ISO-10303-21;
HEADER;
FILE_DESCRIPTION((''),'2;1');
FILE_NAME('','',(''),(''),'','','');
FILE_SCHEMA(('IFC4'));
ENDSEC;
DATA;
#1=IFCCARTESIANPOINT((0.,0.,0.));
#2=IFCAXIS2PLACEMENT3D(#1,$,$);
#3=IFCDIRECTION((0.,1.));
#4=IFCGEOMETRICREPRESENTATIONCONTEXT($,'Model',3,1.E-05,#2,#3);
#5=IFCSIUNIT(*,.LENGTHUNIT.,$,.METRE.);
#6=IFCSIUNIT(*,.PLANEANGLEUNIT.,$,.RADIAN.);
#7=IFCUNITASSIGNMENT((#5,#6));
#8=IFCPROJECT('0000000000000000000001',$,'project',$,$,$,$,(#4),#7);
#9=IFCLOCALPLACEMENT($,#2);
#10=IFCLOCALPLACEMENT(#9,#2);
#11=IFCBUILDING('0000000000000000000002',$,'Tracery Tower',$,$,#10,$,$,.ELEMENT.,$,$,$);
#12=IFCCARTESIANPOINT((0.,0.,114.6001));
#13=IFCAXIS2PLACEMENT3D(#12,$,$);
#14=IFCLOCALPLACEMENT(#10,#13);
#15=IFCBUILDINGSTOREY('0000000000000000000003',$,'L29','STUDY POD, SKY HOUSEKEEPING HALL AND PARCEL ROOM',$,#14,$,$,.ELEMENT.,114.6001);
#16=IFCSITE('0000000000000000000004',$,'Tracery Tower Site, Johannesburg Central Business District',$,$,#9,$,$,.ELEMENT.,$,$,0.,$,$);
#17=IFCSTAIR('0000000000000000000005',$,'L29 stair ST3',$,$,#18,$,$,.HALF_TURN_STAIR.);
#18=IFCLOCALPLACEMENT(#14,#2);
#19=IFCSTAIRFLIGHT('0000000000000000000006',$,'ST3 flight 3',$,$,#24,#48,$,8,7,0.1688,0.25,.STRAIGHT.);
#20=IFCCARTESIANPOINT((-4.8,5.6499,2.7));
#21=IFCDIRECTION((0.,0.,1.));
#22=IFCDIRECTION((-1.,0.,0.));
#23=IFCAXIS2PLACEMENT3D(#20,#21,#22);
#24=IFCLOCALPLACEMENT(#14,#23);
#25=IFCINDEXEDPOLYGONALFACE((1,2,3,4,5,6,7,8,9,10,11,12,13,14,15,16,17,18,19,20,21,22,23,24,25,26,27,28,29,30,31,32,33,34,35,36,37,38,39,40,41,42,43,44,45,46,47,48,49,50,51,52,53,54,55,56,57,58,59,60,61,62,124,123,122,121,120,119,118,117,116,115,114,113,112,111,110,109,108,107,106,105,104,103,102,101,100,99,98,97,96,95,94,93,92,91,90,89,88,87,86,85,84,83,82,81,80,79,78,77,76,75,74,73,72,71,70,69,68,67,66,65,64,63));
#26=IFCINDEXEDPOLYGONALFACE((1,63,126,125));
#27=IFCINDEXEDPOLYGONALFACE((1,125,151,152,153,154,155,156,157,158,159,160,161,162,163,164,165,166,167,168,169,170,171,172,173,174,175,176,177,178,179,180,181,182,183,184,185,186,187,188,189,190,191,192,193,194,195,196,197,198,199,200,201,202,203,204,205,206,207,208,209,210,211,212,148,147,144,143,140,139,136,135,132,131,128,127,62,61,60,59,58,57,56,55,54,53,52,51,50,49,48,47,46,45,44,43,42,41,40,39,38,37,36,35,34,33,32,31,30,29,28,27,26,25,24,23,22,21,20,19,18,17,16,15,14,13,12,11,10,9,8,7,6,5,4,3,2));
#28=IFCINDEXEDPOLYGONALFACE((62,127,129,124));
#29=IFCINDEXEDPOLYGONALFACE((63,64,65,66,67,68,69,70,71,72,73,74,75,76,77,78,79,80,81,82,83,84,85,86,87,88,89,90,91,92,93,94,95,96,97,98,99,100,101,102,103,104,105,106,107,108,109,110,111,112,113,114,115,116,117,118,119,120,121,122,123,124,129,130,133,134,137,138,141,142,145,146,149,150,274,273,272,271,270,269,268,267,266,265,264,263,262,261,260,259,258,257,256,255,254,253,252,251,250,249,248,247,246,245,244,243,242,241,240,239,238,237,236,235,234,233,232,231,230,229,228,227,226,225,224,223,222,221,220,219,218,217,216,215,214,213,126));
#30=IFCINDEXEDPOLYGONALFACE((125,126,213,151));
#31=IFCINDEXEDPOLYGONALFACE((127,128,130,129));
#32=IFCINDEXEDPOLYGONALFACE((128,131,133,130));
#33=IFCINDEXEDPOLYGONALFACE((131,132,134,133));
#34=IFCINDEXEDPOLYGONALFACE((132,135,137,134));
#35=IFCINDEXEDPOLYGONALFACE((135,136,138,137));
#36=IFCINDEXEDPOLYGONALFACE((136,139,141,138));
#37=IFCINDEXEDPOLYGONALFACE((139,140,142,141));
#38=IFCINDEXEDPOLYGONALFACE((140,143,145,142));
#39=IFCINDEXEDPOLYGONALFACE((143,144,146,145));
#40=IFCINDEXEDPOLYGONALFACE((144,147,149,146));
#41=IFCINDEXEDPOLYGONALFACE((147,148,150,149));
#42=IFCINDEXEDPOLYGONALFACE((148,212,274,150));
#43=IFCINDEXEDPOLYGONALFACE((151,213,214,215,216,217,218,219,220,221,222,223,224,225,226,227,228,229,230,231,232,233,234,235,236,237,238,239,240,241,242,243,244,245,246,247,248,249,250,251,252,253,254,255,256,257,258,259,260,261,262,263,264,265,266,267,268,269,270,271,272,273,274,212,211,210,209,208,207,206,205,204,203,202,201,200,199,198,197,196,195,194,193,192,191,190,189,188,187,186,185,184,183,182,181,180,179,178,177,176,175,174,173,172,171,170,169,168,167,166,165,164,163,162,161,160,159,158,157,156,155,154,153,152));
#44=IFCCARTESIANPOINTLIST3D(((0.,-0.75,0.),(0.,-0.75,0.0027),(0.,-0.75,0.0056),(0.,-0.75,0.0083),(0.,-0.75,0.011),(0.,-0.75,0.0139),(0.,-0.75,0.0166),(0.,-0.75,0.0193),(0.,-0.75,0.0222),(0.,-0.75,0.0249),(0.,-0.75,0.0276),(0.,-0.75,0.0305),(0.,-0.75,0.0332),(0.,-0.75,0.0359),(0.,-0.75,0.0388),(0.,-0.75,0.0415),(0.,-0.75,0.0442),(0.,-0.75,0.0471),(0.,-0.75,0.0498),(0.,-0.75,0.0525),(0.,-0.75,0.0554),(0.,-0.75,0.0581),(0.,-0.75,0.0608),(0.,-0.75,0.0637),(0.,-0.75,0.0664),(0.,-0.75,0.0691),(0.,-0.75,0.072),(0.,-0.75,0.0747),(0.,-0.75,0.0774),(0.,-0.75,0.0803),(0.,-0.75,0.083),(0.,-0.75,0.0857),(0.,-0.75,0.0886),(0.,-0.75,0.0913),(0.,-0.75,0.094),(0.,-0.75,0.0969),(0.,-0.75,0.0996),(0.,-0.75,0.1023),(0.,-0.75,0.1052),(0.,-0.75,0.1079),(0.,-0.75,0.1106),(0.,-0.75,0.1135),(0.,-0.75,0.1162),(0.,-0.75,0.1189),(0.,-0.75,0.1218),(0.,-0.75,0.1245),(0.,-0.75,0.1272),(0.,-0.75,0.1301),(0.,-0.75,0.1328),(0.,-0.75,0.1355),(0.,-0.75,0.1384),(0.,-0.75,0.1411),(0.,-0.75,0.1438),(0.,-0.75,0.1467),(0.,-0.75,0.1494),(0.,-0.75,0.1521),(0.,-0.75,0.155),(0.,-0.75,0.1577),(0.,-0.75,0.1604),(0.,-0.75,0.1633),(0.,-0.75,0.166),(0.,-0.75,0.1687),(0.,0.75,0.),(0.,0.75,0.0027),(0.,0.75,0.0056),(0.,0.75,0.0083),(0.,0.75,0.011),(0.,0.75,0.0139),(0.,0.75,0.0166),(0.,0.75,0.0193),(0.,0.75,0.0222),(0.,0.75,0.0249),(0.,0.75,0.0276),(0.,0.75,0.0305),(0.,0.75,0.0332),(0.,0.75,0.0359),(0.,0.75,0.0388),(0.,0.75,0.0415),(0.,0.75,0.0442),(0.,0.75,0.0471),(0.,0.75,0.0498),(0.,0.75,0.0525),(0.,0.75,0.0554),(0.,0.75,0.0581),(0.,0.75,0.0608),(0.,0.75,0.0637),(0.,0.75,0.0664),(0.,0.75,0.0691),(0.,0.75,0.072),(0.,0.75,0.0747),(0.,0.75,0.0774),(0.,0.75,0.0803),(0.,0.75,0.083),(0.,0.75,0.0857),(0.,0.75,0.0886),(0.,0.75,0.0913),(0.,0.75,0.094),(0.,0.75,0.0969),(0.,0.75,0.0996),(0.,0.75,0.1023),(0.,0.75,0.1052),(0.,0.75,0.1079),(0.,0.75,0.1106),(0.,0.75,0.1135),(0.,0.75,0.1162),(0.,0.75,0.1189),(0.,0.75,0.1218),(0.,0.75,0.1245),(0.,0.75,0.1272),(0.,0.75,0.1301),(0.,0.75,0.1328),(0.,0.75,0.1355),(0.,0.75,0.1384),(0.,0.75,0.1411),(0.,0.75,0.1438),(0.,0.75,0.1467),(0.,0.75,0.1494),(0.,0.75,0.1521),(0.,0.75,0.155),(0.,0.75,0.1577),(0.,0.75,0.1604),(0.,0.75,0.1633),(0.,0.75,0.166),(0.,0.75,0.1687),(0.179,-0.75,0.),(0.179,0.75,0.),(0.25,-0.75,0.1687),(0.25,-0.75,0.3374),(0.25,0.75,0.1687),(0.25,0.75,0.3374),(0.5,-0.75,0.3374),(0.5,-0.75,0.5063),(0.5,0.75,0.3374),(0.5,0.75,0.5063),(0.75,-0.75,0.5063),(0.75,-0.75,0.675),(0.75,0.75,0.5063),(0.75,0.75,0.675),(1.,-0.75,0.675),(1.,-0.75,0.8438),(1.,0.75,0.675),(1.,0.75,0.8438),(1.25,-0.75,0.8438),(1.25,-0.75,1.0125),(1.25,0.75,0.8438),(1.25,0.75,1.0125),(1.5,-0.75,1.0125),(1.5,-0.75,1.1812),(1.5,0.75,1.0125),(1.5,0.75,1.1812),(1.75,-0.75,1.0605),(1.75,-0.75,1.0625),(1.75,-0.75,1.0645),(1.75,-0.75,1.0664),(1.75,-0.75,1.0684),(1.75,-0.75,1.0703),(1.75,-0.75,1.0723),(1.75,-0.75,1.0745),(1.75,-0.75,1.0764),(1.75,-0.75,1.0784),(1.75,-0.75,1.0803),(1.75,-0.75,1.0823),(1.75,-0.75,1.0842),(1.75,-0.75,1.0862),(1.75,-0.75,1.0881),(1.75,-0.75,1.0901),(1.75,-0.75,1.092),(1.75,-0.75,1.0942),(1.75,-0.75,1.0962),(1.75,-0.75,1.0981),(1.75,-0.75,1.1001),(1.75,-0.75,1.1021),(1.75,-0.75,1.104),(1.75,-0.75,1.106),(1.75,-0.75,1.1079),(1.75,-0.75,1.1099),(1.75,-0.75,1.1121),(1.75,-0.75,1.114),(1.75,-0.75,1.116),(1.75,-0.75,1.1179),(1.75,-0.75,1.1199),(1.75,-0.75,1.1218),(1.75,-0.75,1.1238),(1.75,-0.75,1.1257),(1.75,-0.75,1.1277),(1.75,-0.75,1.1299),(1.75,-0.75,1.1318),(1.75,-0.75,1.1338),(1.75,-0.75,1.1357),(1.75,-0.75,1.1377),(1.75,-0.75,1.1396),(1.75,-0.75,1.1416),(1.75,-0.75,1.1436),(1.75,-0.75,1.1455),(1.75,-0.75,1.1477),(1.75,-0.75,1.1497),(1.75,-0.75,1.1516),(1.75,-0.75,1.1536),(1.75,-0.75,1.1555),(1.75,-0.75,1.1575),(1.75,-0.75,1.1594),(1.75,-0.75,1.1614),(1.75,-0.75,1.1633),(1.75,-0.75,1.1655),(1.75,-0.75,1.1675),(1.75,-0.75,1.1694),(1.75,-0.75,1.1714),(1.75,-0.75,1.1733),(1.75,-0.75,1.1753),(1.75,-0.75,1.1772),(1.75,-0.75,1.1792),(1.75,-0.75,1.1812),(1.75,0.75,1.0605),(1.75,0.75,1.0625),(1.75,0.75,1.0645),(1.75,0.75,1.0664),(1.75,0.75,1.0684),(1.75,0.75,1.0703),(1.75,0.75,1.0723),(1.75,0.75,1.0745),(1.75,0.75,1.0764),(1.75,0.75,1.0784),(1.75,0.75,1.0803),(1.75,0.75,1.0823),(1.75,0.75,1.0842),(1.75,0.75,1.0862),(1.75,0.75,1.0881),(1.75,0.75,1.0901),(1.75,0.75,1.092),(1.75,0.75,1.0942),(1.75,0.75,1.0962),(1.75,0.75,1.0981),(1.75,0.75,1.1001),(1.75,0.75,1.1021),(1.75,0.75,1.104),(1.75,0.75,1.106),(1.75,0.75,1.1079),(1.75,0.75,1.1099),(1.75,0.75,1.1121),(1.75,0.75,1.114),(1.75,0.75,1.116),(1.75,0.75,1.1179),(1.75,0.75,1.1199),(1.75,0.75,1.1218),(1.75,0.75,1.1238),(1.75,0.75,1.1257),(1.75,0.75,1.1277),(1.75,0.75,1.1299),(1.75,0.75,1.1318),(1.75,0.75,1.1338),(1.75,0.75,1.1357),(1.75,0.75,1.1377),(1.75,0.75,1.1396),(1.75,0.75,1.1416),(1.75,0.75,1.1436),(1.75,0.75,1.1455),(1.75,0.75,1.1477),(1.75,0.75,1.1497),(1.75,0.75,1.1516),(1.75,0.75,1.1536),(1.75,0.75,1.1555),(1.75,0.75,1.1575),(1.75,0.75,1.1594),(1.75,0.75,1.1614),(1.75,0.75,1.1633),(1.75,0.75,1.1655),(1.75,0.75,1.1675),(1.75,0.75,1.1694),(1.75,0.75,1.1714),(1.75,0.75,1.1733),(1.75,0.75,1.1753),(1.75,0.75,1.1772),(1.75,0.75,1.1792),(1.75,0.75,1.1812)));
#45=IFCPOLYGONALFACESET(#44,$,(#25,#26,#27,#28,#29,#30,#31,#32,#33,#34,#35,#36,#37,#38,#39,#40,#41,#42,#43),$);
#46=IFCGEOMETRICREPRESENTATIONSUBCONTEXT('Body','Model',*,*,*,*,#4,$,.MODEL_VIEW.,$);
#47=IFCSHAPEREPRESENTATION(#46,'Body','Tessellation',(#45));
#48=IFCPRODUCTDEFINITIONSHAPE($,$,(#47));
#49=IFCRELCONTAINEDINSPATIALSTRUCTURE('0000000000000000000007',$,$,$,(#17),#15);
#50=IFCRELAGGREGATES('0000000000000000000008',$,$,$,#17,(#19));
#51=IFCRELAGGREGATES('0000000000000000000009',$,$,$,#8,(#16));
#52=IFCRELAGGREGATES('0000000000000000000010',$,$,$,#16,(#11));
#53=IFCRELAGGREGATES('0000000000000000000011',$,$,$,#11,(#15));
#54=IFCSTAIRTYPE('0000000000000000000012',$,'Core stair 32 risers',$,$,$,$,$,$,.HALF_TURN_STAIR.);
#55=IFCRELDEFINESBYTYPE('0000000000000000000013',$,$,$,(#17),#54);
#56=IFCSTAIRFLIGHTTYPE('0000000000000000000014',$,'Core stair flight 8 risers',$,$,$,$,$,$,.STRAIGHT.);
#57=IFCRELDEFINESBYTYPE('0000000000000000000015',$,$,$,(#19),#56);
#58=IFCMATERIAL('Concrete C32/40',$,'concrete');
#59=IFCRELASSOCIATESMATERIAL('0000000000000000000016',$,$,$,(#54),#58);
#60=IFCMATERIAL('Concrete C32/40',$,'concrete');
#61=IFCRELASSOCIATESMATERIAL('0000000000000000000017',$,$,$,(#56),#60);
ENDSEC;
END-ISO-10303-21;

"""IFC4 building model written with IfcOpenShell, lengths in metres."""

from ifc_helpers import new_model, si_unit, direction, frame, origin, place, context, subcontext, project, spatial, polyline, outline, extrude, material, type_object, element, aggregate, save


model = new_model("IFC4")

# Units and contexts
model_context = context("Model", 3, precision=1e-05, world=origin(), true_north=direction((0.0, 1.0)))
body_context = subcontext(model_context, "Body", "Model", "MODEL_VIEW")
ifc_project = project(units=[si_unit("LENGTHUNIT", "METRE"), si_unit("PLANEANGLEUNIT", "RADIAN")], contexts=[model_context])

# Site, building, storey
site_placement = place(None, origin())
site = spatial("IfcSite", under=ifc_project, at=site_placement, Name="Tracery Tower Site, Johannesburg Central Business District", CompositionType="ELEMENT", RefElevation=0.0)
building_placement = place(site_placement, origin())
building = spatial("IfcBuilding", under=site, at=building_placement, Name="Tracery Tower", CompositionType="ELEMENT")
storey_placement = place(building_placement, frame((0.0, 0.0, 114.6001)))
storey = spatial("IfcBuildingStorey", under=building, at=storey_placement, Name="L29", Description="STUDY POD, SKY HOUSEKEEPING HALL AND PARCEL ROOM", CompositionType="ELEMENT", Elevation=114.6001)

# Stair, stair flight
ifc_material_1 = material(Name="Concrete C32/40", Category="concrete")
stair_type = type_object("IfcStairType", Name="Core stair 32 risers", PredefinedType="HALF_TURN_STAIR", material=ifc_material_1)
stair_placement = place(storey_placement, origin())
stair = element("IfcStair", 1, at=stair_placement, inside=storey, type_object=stair_type, Name="L29 stair ST3", PredefinedType="HALF_TURN_STAIR")
ifc_material_2 = material(Name="Concrete C32/40", Category="concrete")
stair_flight_type = type_object("IfcStairFlightType", Name="Core stair flight 8 risers", PredefinedType="STRAIGHT", material=ifc_material_2)
stair_flight_1_placement = place(storey_placement, frame((-4.8, 5.6499, 2.7), z_axis=(0.0, 0.0, 1.0), x_axis=(-1.0, 0.0, 0.0)))
stair_flight_1 = element("IfcStairFlight", 2, at=stair_flight_1_placement, type_object=stair_flight_type, Name="ST3 flight 3", NumberOfRisers=8, NumberOfTreads=7, PredefinedType="STRAIGHT", RiserHeight=0.1688, TreadLength=0.25, context=body_context, shape_type="SweptSolid", body=[
    extrude(outline(polyline([(0.0, 0.0), (0.0, 0.0027), (0.0, 0.0056), (0.0, 0.0083), (0.0, 0.011), (0.0, 0.0139), (0.0, 0.0166), (0.0, 0.0193), (0.0, 0.0222), (0.0, 0.0249), (0.0, 0.0276), (0.0, 0.0305), (0.0, 0.0332), (0.0, 0.0359), (0.0, 0.0388), (0.0, 0.0415), (0.0, 0.0442), (0.0, 0.0471), (0.0, 0.0498), (0.0, 0.0525), (0.0, 0.0554), (0.0, 0.0581), (0.0, 0.0608), (0.0, 0.0637), (0.0, 0.0664), (0.0, 0.0691), (0.0, 0.072), (0.0, 0.0747), (0.0, 0.0774), (0.0, 0.0803), (0.0, 0.083), (0.0, 0.0857), (0.0, 0.0886), (0.0, 0.0913), (0.0, 0.094), (0.0, 0.0969), (0.0, 0.0996), (0.0, 0.1023), (0.0, 0.1052), (0.0, 0.1079), (0.0, 0.1106), (0.0, 0.1135), (0.0, 0.1162), (0.0, 0.1189), (0.0, 0.1218), (0.0, 0.1245), (0.0, 0.1272), (0.0, 0.1301), (0.0, 0.1328), (0.0, 0.1355), (0.0, 0.1384), (0.0, 0.1411), (0.0, 0.1438), (0.0, 0.1467), (0.0, 0.1494), (0.0, 0.1521), (0.0, 0.155), (0.0, 0.1577), (0.0, 0.1604), (0.0, 0.1633), (0.0, 0.166), (0.0, 0.1687), (0.25, 0.1687), (0.25, 0.3374), (0.5, 0.3374), (0.5, 0.5063), (0.75, 0.5063), (0.75, 0.675), (1.0, 0.675), (1.0, 0.8438), (1.25, 0.8438), (1.25, 1.0125), (1.5, 1.0125), (1.5, 1.1812), (1.75, 1.1812), (1.75, 1.1792), (1.75, 1.1772), (1.75, 1.1753), (1.75, 1.1733), (1.75, 1.1714), (1.75, 1.1694), (1.75, 1.1675), (1.75, 1.1655), (1.75, 1.1633), (1.75, 1.1614), (1.75, 1.1594), (1.75, 1.1575), (1.75, 1.1555), (1.75, 1.1536), (1.75, 1.1516), (1.75, 1.1497), (1.75, 1.1477), (1.75, 1.1455), (1.75, 1.1436), (1.75, 1.1416), (1.75, 1.1396), (1.75, 1.1377), (1.75, 1.1357), (1.75, 1.1338), (1.75, 1.1318), (1.75, 1.1299), (1.75, 1.1277), (1.75, 1.1257), (1.75, 1.1238), (1.75, 1.1218), (1.75, 1.1199), (1.75, 1.1179), (1.75, 1.116), (1.75, 1.114), (1.75, 1.1121), (1.75, 1.1099), (1.75, 1.1079), (1.75, 1.106), (1.75, 1.104), (1.75, 1.1021), (1.75, 1.1001), (1.75, 1.0981), (1.75, 1.0962), (1.75, 1.0942), (1.75, 1.092), (1.75, 1.0901), (1.75, 1.0881), (1.75, 1.0862), (1.75, 1.0842), (1.75, 1.0823), (1.75, 1.0803), (1.75, 1.0784), (1.75, 1.0764), (1.75, 1.0745), (1.75, 1.0723), (1.75, 1.0703), (1.75, 1.0684), (1.75, 1.0664), (1.75, 1.0645), (1.75, 1.0625), (1.75, 1.0605), (0.179, 0.0), (0.0, 0.0)])), frame((0.0, 0.75, 0.0), z_axis=(0.0, -1.0, 0.0), x_axis=(1.0, 0.0, 0.0)), (0.0, 0.0, 1.0), 1.5),
])
aggregate(stair, [stair_flight_1])

save(model, "model.ifc")
